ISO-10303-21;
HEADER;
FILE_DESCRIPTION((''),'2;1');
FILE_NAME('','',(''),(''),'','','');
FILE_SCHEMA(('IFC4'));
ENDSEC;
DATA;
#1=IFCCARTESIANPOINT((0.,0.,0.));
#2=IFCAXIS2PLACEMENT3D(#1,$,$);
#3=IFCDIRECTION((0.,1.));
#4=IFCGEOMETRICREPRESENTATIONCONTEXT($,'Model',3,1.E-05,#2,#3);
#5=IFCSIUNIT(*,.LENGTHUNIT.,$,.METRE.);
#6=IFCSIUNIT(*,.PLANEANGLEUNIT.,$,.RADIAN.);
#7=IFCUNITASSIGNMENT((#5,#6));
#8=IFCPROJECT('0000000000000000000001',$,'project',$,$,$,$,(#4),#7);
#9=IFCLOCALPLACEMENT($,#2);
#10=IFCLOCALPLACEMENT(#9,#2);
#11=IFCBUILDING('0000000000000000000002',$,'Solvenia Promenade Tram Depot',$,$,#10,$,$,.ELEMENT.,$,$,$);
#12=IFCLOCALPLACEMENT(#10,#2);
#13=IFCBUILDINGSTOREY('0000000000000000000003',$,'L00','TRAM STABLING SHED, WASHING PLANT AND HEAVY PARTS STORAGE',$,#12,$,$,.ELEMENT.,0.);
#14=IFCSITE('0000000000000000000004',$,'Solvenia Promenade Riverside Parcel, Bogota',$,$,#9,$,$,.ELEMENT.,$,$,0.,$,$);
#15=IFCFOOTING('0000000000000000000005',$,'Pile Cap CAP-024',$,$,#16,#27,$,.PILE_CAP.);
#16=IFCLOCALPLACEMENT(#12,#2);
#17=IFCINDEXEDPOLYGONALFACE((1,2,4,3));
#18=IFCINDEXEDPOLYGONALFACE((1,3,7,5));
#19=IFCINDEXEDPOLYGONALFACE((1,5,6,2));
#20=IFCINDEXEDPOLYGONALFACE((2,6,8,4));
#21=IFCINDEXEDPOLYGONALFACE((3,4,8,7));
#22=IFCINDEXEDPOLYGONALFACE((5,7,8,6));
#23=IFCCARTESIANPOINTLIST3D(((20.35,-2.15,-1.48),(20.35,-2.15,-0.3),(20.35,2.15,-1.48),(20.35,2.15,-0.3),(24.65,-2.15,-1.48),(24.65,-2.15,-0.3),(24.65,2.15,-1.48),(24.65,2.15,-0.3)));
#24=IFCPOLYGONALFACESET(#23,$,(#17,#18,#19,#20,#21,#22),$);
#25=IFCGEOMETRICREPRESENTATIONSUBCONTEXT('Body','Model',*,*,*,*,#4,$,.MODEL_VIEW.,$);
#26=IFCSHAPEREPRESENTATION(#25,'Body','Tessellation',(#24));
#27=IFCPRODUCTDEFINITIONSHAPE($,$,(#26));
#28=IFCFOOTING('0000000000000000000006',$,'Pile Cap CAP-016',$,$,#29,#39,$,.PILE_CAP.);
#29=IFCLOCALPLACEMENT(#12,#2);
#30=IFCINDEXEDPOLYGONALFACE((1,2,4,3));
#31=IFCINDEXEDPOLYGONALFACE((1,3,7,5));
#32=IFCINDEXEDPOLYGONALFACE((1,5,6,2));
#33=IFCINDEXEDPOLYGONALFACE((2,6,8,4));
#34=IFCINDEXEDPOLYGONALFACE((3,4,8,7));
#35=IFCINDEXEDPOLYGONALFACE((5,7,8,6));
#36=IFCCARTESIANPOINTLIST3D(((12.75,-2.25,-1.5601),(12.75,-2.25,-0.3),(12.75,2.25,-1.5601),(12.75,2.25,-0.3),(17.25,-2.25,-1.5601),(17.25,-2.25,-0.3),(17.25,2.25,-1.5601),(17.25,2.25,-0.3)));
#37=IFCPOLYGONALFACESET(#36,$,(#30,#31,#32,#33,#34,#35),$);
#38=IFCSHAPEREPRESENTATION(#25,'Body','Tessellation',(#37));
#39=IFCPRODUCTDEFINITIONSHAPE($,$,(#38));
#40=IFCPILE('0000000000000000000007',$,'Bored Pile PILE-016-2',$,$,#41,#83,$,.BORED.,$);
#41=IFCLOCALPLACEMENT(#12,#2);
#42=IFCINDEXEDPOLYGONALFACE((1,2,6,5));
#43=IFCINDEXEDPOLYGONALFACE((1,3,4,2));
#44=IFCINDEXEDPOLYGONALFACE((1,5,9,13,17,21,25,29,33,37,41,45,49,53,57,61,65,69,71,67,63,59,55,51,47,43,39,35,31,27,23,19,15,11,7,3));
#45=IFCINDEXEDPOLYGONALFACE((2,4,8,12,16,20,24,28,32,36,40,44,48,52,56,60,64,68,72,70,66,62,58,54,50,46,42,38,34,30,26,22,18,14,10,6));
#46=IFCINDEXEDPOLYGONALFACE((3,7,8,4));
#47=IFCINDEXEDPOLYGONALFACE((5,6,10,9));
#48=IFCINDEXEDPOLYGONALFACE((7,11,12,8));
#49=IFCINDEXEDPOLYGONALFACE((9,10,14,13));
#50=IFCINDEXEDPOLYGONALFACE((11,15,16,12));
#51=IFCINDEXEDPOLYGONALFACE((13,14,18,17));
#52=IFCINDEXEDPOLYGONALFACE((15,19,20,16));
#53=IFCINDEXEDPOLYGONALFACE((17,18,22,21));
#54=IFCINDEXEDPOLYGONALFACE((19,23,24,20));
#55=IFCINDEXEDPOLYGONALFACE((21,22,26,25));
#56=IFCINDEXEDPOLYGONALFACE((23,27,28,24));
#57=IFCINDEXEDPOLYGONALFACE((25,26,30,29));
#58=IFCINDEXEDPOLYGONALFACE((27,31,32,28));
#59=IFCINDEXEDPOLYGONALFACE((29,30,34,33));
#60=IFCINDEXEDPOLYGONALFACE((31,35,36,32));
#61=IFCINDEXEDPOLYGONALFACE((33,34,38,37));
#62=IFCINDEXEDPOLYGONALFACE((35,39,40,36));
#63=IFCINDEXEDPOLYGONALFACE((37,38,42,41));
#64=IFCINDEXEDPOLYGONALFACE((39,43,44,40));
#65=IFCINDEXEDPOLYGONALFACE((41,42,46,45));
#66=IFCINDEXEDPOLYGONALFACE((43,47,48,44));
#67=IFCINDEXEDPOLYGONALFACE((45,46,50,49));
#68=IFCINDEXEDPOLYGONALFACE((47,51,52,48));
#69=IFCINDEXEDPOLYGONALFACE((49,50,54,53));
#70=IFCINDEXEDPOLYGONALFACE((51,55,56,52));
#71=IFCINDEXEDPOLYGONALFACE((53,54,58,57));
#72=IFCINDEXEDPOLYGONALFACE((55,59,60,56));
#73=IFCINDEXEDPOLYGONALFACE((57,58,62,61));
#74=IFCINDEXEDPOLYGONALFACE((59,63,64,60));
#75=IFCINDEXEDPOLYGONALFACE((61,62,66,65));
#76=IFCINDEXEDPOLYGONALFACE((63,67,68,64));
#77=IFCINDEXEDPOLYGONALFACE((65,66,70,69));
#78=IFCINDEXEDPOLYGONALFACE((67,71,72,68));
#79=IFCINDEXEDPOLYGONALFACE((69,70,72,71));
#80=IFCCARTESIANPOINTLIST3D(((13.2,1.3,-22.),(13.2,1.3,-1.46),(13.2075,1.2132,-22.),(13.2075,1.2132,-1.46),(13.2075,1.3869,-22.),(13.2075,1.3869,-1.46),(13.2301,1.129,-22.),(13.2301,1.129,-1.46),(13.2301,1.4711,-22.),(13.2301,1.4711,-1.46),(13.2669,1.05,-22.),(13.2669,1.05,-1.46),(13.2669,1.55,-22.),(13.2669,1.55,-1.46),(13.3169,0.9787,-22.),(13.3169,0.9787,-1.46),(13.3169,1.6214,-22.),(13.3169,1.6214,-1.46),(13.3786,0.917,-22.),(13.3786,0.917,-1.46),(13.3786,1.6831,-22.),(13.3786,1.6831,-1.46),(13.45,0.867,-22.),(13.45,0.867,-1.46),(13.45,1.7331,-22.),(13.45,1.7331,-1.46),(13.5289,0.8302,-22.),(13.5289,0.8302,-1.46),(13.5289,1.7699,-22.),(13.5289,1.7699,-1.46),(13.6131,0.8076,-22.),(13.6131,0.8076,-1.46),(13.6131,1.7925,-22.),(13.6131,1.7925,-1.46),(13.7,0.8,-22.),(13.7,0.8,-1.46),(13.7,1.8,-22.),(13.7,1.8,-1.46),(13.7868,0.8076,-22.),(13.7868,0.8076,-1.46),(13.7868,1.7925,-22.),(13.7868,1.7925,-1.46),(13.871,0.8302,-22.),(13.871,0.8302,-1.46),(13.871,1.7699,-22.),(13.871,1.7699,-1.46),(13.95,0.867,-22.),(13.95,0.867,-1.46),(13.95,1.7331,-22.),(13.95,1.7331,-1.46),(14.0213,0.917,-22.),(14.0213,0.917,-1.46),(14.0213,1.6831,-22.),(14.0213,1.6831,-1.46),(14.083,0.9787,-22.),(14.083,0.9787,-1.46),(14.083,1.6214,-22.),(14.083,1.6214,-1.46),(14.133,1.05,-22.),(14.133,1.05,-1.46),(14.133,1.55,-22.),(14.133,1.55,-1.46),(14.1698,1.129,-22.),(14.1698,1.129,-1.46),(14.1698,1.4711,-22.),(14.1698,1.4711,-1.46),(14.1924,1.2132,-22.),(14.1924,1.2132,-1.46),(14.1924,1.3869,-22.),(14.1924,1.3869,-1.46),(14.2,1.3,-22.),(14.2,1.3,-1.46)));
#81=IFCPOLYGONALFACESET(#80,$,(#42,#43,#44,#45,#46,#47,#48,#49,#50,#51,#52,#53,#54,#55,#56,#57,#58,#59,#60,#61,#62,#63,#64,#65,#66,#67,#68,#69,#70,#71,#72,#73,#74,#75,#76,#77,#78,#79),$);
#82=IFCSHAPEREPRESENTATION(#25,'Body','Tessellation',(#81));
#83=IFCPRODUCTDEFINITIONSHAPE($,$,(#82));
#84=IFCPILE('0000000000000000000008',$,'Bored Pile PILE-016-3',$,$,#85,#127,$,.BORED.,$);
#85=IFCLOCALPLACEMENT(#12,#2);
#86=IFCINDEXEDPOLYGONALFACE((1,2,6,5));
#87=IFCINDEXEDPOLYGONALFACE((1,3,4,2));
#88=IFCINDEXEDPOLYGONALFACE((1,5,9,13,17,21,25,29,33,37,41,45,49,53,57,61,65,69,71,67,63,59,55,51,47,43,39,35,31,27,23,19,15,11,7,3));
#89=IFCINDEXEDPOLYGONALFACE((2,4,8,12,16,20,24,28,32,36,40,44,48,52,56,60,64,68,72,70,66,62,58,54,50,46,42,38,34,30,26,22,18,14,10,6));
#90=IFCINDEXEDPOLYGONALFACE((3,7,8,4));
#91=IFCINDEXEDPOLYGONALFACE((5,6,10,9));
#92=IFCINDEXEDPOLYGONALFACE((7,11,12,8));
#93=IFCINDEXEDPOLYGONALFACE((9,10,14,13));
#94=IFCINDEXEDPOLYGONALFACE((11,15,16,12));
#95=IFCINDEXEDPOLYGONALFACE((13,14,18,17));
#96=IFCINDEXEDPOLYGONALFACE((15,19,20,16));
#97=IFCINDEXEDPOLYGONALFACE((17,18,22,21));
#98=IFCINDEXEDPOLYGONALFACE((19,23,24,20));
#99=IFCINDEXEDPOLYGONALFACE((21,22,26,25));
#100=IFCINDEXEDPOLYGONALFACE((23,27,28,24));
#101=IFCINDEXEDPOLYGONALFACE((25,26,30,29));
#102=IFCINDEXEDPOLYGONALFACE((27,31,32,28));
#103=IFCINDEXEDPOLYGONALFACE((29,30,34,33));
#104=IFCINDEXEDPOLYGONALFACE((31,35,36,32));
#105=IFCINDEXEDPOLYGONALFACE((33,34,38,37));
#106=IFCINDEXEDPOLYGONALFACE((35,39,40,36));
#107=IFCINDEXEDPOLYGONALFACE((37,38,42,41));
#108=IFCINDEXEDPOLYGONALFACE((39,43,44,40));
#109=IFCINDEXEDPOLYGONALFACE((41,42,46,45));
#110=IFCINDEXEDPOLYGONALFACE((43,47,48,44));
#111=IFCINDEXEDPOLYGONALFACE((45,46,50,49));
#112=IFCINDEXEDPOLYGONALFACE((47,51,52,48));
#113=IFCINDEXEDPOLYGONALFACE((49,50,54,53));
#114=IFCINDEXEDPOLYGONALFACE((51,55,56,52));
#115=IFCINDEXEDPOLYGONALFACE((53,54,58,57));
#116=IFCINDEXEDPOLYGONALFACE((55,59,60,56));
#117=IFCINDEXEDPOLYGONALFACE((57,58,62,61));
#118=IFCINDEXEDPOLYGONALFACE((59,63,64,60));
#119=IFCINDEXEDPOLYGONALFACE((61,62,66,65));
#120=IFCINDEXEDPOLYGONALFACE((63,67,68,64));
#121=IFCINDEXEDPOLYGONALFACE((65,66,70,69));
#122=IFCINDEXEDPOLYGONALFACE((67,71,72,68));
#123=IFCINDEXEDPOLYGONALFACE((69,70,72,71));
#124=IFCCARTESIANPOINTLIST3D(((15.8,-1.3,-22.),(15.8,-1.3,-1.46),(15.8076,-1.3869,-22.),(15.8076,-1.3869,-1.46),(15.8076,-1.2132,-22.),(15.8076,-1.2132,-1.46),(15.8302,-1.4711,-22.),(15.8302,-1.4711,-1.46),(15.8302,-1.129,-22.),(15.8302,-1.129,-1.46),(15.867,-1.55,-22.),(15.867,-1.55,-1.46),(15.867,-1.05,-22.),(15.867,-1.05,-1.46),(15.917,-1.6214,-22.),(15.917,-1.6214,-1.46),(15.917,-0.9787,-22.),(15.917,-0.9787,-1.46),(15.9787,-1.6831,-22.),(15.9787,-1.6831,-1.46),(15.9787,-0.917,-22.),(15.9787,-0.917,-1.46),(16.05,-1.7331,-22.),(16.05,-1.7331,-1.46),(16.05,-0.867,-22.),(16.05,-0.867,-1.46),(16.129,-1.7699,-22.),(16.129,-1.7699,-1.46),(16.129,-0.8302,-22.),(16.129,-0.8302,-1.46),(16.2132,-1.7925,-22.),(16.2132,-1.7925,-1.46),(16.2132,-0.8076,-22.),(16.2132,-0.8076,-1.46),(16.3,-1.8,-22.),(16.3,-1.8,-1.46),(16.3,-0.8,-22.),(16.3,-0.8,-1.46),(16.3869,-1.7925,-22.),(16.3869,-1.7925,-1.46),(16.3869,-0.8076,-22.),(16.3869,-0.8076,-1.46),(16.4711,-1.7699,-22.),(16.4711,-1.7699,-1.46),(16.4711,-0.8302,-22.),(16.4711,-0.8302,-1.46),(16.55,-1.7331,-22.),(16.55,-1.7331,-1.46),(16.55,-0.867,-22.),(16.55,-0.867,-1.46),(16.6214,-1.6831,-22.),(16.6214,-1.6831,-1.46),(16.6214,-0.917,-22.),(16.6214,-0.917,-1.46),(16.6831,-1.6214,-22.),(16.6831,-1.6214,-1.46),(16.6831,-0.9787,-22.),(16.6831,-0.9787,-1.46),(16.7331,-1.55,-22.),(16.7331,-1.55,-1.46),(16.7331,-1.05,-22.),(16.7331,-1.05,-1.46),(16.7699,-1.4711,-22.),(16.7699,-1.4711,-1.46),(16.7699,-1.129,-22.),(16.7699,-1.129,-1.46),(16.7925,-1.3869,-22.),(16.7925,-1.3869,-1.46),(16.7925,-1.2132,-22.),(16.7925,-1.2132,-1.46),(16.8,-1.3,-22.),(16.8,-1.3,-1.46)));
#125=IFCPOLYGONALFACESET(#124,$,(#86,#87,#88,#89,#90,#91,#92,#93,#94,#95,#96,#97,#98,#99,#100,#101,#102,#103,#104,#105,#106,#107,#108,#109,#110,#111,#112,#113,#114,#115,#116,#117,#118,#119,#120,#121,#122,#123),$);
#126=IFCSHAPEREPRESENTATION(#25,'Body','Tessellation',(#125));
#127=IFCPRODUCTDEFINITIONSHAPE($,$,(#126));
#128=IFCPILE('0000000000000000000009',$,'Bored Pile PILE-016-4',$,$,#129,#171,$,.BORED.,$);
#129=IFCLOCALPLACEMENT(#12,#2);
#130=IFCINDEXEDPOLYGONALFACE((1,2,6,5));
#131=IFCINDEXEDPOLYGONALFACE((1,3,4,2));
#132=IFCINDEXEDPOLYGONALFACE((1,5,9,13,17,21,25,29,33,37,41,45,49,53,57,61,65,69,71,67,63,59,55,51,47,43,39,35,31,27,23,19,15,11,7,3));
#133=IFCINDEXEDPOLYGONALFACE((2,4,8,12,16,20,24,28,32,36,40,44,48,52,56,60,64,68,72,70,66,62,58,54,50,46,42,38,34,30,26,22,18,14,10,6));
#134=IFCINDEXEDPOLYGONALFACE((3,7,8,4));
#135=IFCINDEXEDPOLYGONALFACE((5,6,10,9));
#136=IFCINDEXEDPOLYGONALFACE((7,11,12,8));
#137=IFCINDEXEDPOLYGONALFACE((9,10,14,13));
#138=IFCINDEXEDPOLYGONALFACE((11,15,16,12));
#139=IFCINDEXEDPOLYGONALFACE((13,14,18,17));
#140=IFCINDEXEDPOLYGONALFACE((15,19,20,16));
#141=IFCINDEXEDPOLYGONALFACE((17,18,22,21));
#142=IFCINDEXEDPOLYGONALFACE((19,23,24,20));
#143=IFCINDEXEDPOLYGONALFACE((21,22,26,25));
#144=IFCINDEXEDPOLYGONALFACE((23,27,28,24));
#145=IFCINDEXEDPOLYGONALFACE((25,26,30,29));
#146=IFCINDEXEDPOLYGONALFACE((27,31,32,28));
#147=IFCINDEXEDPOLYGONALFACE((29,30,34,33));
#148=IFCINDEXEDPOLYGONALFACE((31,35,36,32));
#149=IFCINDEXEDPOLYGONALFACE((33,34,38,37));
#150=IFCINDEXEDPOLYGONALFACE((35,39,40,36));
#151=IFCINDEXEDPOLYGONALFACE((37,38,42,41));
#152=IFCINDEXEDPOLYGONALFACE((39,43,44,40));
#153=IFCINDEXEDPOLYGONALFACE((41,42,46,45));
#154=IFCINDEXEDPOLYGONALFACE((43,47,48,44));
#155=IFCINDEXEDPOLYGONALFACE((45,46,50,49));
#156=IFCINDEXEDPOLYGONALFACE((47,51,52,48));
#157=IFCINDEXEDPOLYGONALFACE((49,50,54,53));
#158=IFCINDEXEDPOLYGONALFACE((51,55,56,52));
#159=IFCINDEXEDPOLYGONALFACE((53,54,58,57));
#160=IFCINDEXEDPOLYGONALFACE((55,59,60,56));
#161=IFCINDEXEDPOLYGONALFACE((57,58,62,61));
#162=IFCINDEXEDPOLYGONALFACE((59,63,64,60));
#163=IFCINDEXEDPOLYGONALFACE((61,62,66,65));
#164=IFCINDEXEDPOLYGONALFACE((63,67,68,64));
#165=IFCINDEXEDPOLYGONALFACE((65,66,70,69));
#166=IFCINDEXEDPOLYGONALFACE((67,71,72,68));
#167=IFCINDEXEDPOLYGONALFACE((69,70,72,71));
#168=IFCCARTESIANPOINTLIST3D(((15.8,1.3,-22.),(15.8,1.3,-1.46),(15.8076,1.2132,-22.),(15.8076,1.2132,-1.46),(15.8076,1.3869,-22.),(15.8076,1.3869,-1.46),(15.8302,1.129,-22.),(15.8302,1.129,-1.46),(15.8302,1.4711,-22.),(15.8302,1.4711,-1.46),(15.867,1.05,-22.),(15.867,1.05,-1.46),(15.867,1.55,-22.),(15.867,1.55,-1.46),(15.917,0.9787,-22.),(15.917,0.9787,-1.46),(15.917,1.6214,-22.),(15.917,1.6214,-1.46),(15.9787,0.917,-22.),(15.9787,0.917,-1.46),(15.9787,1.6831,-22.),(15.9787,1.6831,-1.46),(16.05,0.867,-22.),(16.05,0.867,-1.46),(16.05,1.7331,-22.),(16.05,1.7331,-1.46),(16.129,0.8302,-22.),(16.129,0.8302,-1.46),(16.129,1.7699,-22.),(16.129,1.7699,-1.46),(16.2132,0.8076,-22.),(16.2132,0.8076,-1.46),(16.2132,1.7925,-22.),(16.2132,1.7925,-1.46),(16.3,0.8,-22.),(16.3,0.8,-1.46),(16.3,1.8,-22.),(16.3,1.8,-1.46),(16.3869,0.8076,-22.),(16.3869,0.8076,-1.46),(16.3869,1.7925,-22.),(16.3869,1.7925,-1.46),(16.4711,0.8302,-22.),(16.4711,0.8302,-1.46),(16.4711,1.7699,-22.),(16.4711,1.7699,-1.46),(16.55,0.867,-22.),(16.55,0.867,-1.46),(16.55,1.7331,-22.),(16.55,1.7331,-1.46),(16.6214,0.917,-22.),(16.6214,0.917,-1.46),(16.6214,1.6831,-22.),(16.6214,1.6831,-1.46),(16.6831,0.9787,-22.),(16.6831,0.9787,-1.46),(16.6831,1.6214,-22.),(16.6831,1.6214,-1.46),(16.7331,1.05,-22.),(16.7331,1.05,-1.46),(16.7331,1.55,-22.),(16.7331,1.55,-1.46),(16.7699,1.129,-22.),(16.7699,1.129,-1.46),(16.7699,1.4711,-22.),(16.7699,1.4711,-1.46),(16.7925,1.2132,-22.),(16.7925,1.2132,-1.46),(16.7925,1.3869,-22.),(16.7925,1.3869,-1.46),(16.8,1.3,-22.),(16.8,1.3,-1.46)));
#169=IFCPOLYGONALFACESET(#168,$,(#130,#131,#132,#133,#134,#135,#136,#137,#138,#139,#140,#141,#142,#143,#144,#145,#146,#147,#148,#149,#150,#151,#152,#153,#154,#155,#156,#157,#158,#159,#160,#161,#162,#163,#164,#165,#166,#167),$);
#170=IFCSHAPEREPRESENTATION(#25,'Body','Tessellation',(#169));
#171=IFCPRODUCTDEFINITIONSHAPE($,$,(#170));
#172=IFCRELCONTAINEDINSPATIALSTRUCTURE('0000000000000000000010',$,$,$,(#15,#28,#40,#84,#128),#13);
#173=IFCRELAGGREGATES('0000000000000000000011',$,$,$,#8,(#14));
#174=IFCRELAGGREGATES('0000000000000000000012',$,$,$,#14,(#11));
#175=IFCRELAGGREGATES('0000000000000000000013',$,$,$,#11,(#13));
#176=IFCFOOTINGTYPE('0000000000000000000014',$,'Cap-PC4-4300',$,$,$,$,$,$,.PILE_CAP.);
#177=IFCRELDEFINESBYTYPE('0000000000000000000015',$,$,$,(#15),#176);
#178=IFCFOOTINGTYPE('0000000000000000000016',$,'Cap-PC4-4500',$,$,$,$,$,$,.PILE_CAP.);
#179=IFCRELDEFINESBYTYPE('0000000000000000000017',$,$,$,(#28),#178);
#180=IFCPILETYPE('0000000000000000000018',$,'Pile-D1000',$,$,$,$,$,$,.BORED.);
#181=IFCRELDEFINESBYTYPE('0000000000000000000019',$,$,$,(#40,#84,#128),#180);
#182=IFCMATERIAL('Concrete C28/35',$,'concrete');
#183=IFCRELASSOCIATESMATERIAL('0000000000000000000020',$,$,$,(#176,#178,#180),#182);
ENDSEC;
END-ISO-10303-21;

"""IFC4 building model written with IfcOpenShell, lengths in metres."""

from ifc_helpers import new_model, si_unit, direction, frame, origin, origin_2d, place, context, subcontext, project, spatial, rectangle, circle, extrude, material, material_profile, profile_set, type_object, element, save


model = new_model("IFC4")

# Units and contexts
model_context = context("Model", 3, precision=1e-05, world=origin(), true_north=direction((0.0, 1.0)))
body_context = subcontext(model_context, "Body", "Model", "MODEL_VIEW")
ifc_project = project(units=[si_unit("LENGTHUNIT", "METRE"), si_unit("PLANEANGLEUNIT", "RADIAN")], contexts=[model_context])

# Site, building, storey
site_placement = place(None, origin())
site = spatial("IfcSite", under=ifc_project, at=site_placement, Name="Solvenia Promenade Riverside Parcel, Bogota", CompositionType="ELEMENT", RefElevation=0.0)
building_placement = place(site_placement, origin())
building = spatial("IfcBuilding", under=site, at=building_placement, Name="Solvenia Promenade Tram Depot", CompositionType="ELEMENT")
storey_placement = place(building_placement, origin())
storey = spatial("IfcBuildingStorey", under=building, at=storey_placement, Name="L00", Description="TRAM STABLING SHED, WASHING PLANT AND HEAVY PARTS STORAGE", CompositionType="ELEMENT", Elevation=0.0)

# Footings
ifc_material_1 = material(Name="Concrete C28/35", Category="concrete")
footing_type_1 = type_object("IfcFootingType", Name="Cap-PC4-4300", PredefinedType="PILE_CAP", material=ifc_material_1)
footing_1_placement = place(storey_placement, frame((22.5, 0.0, -1.48), z_axis=(0.0, 0.0, 1.0), x_axis=(1.0, 0.0, 0.0)))
element("IfcFooting", 1, at=footing_1_placement, inside=storey, type_object=footing_type_1, Name="Pile Cap CAP-024", PredefinedType="PILE_CAP", context=body_context, shape_type="SweptSolid", body=[
    extrude(rectangle(XDim=4.3, YDim=4.3, at=origin_2d()), origin(), (0.0, 0.0, 1.0), 1.1799),
])
footing_type_2 = type_object("IfcFootingType", Name="Cap-PC4-4500", PredefinedType="PILE_CAP", material=ifc_material_1)
footing_2_placement = place(storey_placement, frame((15.0, 0.0, -1.5601), z_axis=(0.0, 0.0, 1.0), x_axis=(1.0, 0.0, 0.0)))
element("IfcFooting", 2, at=footing_2_placement, inside=storey, type_object=footing_type_2, Name="Pile Cap CAP-016", PredefinedType="PILE_CAP", context=body_context, shape_type="SweptSolid", body=[
    extrude(rectangle(XDim=4.5, YDim=4.5, at=origin_2d()), origin(), (0.0, 0.0, 1.0), 1.26),
])

# Piles
ifc_material_profile_1 = material_profile(ifc_material_1, circle(Radius=0.5, at=origin_2d()), Name="D1000", Category="concrete")
ifc_profile_set_1 = profile_set([ifc_material_profile_1], Name="Concrete C28/35")
pile_type_1 = type_object("IfcPileType", Name="Pile-D1000", PredefinedType="BORED", material=ifc_profile_set_1)
for number, where, z_axis, x_axis, name in (
    (3, (13.7, 1.3, -1.46), (0.0, 0.0, -1.0), (1.0, 0.0, 0.0), "Bored Pile PILE-016-2"),
    (4, (16.3, -1.3, -1.46), (0.0, 0.0, -1.0), (1.0, 0.0, 0.0), "Bored Pile PILE-016-3"),
    (5, (16.3, 1.3, -1.46), (0.0, 0.0, -1.0), (1.0, 0.0, 0.0), "Bored Pile PILE-016-4"),
):
    element("IfcPile", number, at=place(storey_placement, frame(where, z_axis=z_axis, x_axis=x_axis)), inside=storey, type_object=pile_type_1, Name=name, PredefinedType="BORED", context=body_context, shape_type="SweptSolid", body=[
        extrude(circle(Radius=0.5, at=origin_2d()), origin(), (0.0, 0.0, 1.0), 20.54),
    ])

save(model, "model.ifc")
